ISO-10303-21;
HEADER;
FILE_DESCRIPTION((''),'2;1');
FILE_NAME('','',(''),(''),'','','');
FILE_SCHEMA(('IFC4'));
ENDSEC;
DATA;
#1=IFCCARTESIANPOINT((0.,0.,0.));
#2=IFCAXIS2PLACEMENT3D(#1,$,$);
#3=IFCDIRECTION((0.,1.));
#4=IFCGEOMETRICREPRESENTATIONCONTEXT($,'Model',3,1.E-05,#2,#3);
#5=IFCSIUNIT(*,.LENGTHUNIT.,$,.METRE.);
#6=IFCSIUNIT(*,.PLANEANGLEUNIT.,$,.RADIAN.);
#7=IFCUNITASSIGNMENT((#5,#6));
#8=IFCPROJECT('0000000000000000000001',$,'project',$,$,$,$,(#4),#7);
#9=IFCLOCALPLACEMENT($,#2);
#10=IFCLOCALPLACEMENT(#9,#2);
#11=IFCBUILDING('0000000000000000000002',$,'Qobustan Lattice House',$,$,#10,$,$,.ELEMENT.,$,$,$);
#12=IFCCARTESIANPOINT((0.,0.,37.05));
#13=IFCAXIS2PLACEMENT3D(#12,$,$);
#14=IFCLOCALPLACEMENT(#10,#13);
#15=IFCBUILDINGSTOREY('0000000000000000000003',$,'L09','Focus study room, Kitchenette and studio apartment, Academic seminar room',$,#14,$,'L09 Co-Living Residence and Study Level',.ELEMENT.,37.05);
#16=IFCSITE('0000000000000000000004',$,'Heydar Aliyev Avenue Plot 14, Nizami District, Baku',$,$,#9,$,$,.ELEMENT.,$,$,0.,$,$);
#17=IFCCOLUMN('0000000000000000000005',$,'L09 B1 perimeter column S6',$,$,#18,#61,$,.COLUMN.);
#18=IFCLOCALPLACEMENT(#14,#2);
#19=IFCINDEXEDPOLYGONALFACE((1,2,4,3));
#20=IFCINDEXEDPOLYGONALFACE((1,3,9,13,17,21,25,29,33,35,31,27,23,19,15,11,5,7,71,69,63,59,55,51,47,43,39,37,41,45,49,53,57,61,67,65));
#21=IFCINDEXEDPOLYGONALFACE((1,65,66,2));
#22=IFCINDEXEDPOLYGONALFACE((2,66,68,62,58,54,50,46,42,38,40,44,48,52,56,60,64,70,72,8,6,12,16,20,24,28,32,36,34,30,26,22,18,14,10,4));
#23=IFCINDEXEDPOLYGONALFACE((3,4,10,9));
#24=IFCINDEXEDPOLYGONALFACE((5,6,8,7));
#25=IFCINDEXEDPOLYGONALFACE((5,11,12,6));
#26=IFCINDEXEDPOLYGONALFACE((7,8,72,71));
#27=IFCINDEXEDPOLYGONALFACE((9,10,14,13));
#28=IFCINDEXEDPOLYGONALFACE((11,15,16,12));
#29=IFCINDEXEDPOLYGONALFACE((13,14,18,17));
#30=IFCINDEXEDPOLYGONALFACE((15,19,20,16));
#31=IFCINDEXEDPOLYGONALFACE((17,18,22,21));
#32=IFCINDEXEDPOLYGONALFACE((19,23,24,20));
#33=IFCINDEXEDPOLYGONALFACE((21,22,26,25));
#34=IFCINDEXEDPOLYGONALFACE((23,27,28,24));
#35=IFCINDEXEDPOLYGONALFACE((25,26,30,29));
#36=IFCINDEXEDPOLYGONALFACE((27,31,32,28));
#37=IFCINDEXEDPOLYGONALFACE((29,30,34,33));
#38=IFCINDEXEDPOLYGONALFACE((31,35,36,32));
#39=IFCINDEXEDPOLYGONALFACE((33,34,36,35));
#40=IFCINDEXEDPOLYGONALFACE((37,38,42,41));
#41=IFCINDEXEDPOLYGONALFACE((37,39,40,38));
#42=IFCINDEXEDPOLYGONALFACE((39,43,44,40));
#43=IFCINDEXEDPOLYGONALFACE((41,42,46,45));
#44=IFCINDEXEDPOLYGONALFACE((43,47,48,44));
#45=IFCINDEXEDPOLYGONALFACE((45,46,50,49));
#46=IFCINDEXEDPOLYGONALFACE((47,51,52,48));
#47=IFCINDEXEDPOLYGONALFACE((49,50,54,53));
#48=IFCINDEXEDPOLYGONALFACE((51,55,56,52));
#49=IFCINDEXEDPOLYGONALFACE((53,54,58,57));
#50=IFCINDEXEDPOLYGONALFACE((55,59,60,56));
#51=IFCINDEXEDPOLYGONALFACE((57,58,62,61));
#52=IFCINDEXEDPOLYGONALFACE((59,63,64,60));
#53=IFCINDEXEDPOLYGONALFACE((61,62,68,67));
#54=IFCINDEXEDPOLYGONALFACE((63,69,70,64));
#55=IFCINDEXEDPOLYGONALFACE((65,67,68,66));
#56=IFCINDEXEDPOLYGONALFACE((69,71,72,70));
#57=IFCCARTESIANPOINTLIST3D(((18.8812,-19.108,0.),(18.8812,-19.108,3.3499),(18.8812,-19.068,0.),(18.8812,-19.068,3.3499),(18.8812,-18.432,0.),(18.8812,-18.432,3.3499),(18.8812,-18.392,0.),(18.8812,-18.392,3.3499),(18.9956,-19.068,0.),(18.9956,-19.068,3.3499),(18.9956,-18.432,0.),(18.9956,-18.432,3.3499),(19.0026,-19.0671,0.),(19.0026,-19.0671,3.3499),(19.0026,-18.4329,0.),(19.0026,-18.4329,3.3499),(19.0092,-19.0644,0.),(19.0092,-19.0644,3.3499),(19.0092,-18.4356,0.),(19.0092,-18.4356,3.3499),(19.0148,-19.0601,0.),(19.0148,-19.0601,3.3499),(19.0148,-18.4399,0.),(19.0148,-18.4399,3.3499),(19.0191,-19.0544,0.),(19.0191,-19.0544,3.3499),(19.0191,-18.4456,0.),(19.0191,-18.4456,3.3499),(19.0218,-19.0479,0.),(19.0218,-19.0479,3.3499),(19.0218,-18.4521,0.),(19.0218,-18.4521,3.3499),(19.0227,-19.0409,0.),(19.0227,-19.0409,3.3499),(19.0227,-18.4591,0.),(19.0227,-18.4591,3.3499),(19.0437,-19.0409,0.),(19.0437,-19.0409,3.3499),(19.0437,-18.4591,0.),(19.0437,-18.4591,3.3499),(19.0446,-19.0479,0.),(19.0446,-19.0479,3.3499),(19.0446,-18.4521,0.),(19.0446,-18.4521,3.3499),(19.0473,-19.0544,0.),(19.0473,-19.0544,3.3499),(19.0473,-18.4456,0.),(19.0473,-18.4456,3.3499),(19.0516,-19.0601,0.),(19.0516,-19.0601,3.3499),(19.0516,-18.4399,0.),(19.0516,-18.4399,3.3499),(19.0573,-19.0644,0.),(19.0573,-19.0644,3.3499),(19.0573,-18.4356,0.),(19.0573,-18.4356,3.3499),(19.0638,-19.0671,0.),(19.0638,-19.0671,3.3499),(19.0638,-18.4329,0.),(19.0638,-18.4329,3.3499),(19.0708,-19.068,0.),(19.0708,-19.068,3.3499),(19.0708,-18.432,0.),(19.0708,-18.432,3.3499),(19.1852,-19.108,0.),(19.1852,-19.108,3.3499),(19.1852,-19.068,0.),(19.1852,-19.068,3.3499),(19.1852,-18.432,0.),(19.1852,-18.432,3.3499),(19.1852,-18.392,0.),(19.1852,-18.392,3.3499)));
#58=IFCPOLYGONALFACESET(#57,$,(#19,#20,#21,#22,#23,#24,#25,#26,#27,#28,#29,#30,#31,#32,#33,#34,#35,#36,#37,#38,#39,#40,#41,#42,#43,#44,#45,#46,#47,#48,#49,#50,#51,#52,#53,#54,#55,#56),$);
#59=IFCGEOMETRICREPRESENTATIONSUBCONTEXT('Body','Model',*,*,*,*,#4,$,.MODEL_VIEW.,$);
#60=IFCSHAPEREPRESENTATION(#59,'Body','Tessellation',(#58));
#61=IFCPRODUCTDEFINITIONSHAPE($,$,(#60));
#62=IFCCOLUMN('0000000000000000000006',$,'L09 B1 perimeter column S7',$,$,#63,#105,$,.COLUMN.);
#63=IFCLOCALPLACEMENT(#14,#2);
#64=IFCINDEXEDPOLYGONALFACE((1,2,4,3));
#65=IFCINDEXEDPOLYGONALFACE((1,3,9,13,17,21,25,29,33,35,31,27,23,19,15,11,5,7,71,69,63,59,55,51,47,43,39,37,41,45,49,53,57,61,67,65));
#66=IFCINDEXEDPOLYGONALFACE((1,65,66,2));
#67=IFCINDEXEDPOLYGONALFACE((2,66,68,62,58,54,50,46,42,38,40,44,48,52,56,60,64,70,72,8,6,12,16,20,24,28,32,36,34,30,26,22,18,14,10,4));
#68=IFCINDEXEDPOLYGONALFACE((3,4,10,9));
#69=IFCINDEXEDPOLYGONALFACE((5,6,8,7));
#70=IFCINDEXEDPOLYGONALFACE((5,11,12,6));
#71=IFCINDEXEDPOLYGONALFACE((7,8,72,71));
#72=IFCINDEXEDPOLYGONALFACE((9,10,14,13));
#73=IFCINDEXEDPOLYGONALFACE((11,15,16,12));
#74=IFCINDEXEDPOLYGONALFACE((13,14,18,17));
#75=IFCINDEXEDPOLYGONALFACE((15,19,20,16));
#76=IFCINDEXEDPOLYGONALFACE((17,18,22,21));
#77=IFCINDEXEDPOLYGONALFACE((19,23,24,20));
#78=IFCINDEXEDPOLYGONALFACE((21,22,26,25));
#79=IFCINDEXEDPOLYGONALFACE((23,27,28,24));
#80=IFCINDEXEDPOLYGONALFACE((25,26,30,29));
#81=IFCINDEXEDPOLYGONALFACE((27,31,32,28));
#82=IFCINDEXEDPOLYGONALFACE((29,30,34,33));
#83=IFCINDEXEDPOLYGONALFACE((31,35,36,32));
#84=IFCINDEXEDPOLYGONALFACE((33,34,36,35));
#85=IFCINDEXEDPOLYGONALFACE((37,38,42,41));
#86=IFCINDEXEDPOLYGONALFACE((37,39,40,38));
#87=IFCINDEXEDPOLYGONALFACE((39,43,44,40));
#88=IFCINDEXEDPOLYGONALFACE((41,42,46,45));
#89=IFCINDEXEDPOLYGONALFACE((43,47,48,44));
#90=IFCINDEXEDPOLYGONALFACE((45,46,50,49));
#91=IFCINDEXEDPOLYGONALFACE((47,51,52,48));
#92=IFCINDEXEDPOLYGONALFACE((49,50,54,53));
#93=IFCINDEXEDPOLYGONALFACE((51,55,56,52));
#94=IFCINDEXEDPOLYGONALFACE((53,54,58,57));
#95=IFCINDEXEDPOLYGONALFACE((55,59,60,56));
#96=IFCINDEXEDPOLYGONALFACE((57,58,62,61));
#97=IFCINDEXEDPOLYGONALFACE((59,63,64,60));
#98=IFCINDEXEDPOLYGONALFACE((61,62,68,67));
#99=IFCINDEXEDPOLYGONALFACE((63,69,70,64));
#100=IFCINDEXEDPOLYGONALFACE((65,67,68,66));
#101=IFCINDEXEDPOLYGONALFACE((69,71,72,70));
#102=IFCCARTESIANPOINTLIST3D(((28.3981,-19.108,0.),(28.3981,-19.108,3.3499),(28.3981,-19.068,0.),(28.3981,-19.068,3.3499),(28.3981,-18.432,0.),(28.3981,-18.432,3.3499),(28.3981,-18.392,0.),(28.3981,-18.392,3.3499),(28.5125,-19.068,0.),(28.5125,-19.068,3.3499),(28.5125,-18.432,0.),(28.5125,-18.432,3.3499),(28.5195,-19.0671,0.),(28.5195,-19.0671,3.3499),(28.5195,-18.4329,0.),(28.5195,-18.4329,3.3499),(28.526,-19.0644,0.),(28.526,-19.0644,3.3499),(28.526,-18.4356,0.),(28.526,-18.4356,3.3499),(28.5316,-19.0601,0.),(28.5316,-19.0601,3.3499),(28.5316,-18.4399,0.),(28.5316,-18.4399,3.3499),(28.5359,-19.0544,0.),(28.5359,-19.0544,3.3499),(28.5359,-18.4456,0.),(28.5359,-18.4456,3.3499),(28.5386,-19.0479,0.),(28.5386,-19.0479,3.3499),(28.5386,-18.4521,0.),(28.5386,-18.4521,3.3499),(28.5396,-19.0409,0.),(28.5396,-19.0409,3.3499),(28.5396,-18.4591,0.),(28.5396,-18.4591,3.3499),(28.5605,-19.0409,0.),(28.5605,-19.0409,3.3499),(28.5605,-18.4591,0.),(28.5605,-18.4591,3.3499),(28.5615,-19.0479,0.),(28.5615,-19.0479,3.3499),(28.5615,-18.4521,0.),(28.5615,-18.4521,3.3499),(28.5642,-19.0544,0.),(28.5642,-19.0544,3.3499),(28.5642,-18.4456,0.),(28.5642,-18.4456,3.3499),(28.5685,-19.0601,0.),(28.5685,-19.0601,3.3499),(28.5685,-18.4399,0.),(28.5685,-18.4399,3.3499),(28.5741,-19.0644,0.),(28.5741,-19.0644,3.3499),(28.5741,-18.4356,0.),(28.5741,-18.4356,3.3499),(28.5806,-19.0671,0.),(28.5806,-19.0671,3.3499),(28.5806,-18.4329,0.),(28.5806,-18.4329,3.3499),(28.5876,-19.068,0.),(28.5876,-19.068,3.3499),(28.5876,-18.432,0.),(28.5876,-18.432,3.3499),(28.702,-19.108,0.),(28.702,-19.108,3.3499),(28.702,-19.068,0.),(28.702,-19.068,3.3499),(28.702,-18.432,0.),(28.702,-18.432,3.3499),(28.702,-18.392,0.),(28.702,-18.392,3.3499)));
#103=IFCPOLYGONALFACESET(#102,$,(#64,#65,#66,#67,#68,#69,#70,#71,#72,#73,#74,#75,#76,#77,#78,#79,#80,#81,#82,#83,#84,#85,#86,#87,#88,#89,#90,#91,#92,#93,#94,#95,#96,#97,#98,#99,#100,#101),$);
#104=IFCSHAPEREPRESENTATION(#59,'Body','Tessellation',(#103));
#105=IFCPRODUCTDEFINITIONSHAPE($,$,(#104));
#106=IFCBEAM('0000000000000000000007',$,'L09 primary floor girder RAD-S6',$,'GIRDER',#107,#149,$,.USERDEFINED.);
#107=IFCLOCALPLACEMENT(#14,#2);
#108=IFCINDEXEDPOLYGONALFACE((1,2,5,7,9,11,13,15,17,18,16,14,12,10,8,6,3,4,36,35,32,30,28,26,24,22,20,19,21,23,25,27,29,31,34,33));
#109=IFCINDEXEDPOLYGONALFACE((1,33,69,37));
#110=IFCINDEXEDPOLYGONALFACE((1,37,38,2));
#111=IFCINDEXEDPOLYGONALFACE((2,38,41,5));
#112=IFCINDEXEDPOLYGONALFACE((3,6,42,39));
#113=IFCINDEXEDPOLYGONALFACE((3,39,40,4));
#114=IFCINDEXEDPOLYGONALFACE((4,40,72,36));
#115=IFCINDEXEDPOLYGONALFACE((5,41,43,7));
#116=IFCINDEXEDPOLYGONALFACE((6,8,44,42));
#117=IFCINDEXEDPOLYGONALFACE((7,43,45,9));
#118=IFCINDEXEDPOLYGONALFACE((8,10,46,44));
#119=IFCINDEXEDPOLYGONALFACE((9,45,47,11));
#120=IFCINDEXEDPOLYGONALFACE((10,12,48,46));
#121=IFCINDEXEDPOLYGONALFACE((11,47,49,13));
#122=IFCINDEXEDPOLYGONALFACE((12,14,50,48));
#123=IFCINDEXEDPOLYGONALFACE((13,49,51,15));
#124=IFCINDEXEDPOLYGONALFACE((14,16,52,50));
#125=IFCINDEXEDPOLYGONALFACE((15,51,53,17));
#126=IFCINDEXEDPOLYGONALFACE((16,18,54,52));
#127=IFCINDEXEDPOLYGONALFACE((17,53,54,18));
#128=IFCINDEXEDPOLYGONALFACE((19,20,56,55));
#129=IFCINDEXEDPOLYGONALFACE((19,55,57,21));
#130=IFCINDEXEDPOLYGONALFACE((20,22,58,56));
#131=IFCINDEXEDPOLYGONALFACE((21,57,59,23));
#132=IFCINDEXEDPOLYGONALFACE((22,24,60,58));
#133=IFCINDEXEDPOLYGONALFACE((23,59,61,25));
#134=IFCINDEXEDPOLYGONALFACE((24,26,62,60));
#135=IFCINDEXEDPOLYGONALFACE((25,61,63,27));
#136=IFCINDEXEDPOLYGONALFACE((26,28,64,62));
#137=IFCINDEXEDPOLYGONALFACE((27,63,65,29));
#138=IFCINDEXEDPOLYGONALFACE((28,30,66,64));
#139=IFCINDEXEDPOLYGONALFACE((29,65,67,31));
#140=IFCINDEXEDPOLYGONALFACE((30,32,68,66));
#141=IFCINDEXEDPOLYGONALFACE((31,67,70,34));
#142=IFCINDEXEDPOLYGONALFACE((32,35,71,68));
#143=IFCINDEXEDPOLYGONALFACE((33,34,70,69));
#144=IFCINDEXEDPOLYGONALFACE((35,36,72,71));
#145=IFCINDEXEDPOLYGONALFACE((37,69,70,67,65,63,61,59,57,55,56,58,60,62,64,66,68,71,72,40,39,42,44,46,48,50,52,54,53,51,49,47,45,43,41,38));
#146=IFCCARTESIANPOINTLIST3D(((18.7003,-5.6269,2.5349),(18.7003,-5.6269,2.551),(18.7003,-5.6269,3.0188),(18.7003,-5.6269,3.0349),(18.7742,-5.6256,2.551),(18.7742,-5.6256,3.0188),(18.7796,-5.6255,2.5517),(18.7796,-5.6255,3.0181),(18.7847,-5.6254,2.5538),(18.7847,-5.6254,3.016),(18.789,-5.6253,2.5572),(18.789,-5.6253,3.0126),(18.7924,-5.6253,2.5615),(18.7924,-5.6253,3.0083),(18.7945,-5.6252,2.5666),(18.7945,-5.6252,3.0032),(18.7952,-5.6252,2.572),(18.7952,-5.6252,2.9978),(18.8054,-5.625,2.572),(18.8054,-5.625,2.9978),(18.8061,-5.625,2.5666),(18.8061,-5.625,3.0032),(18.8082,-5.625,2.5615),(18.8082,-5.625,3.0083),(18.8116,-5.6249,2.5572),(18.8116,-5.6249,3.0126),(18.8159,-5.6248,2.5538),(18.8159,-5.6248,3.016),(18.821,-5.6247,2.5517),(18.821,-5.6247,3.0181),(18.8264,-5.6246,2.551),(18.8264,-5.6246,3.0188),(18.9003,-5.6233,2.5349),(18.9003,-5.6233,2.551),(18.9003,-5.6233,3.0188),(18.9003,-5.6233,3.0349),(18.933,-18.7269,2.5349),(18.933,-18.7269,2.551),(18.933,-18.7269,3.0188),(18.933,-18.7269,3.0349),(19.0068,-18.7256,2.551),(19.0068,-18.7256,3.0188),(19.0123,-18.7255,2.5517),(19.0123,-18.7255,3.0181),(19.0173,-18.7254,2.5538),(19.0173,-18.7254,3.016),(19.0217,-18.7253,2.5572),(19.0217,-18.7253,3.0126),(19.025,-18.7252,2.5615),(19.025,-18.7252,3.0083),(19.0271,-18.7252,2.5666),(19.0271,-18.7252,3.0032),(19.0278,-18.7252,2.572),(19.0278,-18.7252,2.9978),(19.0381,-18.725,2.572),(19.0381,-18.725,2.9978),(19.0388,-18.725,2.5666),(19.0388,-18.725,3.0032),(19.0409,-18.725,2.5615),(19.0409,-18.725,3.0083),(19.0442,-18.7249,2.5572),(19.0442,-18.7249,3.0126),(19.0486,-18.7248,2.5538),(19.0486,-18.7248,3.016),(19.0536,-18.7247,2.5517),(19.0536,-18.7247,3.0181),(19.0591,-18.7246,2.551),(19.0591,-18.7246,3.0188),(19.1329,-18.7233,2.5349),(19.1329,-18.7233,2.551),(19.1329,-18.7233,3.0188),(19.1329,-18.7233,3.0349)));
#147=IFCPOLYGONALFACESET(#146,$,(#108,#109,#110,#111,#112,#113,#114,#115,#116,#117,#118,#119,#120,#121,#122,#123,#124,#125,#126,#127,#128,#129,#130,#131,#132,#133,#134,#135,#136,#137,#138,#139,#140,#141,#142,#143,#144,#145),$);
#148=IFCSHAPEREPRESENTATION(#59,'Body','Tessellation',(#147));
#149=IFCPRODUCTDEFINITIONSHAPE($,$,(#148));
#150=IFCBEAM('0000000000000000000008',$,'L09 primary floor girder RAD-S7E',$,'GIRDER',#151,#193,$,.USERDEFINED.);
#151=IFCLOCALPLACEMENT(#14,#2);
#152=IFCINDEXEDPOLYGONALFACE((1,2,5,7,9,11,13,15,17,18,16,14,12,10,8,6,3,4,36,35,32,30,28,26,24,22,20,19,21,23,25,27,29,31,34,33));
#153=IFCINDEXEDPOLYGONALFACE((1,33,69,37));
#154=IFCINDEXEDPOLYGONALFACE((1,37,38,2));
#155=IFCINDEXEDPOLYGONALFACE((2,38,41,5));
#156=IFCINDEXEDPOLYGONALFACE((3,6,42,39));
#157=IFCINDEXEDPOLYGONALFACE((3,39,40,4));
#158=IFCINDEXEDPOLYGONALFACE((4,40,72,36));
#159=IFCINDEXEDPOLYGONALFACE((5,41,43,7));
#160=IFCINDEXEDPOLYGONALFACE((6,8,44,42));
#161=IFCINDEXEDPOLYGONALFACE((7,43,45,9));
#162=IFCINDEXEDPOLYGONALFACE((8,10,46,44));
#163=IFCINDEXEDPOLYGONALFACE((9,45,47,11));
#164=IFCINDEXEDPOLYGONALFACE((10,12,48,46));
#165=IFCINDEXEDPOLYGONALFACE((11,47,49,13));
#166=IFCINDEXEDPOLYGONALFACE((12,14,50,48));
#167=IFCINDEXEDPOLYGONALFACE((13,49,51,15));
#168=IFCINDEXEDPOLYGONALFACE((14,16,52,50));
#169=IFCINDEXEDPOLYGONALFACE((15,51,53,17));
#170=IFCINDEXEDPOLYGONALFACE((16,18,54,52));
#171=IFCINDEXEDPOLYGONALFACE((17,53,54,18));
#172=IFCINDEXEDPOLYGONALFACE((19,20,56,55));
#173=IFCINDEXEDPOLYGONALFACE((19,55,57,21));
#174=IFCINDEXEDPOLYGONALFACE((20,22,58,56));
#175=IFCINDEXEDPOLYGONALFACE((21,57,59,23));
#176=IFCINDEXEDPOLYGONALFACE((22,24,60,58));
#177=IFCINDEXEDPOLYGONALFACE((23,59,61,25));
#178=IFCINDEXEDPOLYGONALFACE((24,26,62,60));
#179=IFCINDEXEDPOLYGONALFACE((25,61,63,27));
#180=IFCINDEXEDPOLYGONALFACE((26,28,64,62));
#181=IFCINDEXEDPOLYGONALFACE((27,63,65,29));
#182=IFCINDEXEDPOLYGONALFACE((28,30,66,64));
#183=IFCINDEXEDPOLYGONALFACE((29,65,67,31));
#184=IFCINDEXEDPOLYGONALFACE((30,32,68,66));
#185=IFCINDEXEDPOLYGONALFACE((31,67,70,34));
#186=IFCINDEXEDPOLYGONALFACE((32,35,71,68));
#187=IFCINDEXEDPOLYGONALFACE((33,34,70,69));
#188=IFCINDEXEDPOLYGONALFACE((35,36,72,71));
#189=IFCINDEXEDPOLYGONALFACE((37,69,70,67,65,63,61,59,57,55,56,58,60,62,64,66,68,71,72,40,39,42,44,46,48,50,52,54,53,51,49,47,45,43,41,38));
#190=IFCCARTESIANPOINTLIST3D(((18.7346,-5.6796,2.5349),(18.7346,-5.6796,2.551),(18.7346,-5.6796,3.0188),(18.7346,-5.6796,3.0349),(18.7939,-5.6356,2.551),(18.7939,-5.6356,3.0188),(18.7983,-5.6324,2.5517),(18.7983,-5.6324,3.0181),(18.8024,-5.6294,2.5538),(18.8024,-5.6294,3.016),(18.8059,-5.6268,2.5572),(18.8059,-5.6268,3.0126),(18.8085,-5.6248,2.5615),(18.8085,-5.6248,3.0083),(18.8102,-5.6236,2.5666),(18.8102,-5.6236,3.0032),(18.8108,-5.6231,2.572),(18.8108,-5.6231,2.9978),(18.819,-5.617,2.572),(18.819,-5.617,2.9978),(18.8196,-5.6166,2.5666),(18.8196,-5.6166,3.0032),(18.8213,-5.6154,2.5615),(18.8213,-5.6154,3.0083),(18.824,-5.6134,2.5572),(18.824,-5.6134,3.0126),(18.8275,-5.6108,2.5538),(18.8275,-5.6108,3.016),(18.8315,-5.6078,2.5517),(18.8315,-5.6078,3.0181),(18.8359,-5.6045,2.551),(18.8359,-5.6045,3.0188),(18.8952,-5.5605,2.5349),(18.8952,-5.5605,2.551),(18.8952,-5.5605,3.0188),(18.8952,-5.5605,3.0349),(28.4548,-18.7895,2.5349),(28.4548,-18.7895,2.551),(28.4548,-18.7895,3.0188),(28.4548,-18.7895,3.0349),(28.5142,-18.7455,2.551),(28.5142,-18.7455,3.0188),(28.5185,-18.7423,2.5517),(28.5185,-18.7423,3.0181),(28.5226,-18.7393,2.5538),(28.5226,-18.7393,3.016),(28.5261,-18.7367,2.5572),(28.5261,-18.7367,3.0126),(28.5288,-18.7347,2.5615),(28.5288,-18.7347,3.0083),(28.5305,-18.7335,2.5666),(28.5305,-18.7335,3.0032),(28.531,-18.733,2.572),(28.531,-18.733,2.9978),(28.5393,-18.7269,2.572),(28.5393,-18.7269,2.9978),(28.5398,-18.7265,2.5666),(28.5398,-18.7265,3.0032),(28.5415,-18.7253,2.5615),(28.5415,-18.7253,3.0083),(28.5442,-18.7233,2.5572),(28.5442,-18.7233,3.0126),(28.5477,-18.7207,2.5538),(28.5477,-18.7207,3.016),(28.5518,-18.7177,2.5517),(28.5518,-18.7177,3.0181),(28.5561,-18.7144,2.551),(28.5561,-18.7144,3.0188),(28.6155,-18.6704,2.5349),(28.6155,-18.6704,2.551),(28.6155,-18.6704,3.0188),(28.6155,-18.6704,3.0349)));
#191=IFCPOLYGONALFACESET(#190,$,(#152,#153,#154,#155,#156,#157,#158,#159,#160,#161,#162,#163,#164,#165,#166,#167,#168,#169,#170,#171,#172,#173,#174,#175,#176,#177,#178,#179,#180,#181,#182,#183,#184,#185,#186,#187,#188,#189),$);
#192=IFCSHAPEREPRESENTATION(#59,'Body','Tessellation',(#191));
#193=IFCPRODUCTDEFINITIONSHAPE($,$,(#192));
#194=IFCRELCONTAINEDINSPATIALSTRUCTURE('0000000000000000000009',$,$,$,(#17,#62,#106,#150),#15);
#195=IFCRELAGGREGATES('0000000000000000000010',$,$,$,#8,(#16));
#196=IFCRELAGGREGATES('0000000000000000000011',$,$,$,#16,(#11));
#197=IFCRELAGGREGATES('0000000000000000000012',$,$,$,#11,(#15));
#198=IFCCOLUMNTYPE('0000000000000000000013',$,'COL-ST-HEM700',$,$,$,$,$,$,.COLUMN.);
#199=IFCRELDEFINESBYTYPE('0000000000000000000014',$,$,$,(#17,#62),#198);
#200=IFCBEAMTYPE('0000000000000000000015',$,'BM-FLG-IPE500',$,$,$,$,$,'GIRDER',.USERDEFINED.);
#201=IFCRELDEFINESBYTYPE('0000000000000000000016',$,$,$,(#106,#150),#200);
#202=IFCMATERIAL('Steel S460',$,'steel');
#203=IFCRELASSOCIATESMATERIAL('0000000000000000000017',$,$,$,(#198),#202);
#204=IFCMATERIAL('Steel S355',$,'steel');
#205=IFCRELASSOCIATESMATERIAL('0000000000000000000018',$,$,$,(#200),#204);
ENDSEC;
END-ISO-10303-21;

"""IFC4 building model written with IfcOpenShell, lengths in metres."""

from ifc_helpers import new_model, si_unit, direction, frame, origin, origin_2d, place, context, subcontext, project, spatial, i_section, extrude, material, material_profile, profile_set, type_object, element, save


model = new_model("IFC4")

# Units and contexts
model_context = context("Model", 3, precision=1e-05, world=origin(), true_north=direction((0.0, 1.0)))
body_context = subcontext(model_context, "Body", "Model", "MODEL_VIEW")
ifc_project = project(units=[si_unit("LENGTHUNIT", "METRE"), si_unit("PLANEANGLEUNIT", "RADIAN")], contexts=[model_context])

# Site, building, storey
site_placement = place(None, origin())
site = spatial("IfcSite", under=ifc_project, at=site_placement, Name="Heydar Aliyev Avenue Plot 14, Nizami District, Baku", CompositionType="ELEMENT", RefElevation=0.0)
building_placement = place(site_placement, origin())
building = spatial("IfcBuilding", under=site, at=building_placement, Name="Qobustan Lattice House", CompositionType="ELEMENT")
storey_placement = place(building_placement, frame((0.0, 0.0, 37.05)))
storey = spatial("IfcBuildingStorey", under=building, at=storey_placement, Name="L09", Description="Focus study room, Kitchenette and studio apartment, Academic seminar room", LongName="L09 Co-Living Residence and Study Level", CompositionType="ELEMENT", Elevation=37.05)

# Columns
ifc_material_1 = material(Name="Steel S460", Category="steel")
ifc_material_profile_1 = material_profile(ifc_material_1, i_section(OverallWidth=0.304, OverallDepth=0.7161, WebThickness=0.021, FlangeThickness=0.04, FilletRadius=0.0271, at=origin_2d()), Name="HEM700")
ifc_profile_set_1 = profile_set([ifc_material_profile_1], Name="Steel S460")
column_type = type_object("IfcColumnType", Name="COL-ST-HEM700", PredefinedType="COLUMN", material=ifc_profile_set_1)
for number, where, z_axis, x_axis, name in (
    (1, (19.0332, -18.75, 0.0), (0.0, 0.0, 1.0), (1.0, 0.0, 0.0), "L09 B1 perimeter column S6"),
    (2, (28.55, -18.75, 0.0), (0.0, 0.0, 1.0), (1.0, 0.0, 0.0), "L09 B1 perimeter column S7"),
):
    element("IfcColumn", number, at=place(storey_placement, frame(where, z_axis=z_axis, x_axis=x_axis)), inside=storey, type_object=column_type, Name=name, PredefinedType="COLUMN", context=body_context, shape_type="SweptSolid", body=[
        extrude(i_section(OverallWidth=0.304, OverallDepth=0.7161, WebThickness=0.021, FlangeThickness=0.04, FilletRadius=0.0271, at=origin_2d()), origin(), (0.0, 0.0, 1.0), 3.3499),
    ])

# Beams
ifc_material_2 = material(Name="Steel S355", Category="steel")
ifc_material_profile_2 = material_profile(ifc_material_2, i_section(OverallWidth=0.2, OverallDepth=0.5, WebThickness=0.0103, FlangeThickness=0.0161, FilletRadius=0.021, at=origin_2d()), Name="IPE500")
ifc_profile_set_2 = profile_set([ifc_material_profile_2], Name="Steel S355")
beam_type_1 = type_object("IfcBeamType", Name="BM-FLG-IPE500", ElementType="GIRDER", PredefinedType="USERDEFINED", material=ifc_profile_set_2)
beam_1_placement = place(storey_placement, frame((19.033, -18.7251, 2.7849), z_axis=(-0.017758, 0.999842, 0.0), x_axis=(-0.999842, -0.017758, 0.0)))
element("IfcBeam", 3, at=beam_1_placement, inside=storey, type_object=beam_type_1, Name="L09 primary floor girder RAD-S6", ObjectType="GIRDER", PredefinedType="USERDEFINED", context=body_context, shape_type="SweptSolid", body=[
    extrude(i_section(OverallWidth=0.2, OverallDepth=0.5, WebThickness=0.0103, FlangeThickness=0.0161, FilletRadius=0.021, at=origin_2d()), origin(), (0.0, 0.0, 1.0), 13.1021),
])
beam_2_placement = place(storey_placement, frame((28.5352, -18.73, 2.7849), z_axis=(-0.595592, 0.803287, 0.0), x_axis=(-0.803287, -0.595592, 0.0)))
element("IfcBeam", 4, at=beam_2_placement, inside=storey, type_object=beam_type_1, Name="L09 primary floor girder RAD-S7E", ObjectType="GIRDER", PredefinedType="USERDEFINED", context=body_context, shape_type="SweptSolid", body=[
    extrude(i_section(OverallWidth=0.2, OverallDepth=0.5, WebThickness=0.0103, FlangeThickness=0.0161, FilletRadius=0.021, at=origin_2d()), origin(), (0.0, 0.0, 1.0), 16.3203),
])

save(model, "model.ifc")
